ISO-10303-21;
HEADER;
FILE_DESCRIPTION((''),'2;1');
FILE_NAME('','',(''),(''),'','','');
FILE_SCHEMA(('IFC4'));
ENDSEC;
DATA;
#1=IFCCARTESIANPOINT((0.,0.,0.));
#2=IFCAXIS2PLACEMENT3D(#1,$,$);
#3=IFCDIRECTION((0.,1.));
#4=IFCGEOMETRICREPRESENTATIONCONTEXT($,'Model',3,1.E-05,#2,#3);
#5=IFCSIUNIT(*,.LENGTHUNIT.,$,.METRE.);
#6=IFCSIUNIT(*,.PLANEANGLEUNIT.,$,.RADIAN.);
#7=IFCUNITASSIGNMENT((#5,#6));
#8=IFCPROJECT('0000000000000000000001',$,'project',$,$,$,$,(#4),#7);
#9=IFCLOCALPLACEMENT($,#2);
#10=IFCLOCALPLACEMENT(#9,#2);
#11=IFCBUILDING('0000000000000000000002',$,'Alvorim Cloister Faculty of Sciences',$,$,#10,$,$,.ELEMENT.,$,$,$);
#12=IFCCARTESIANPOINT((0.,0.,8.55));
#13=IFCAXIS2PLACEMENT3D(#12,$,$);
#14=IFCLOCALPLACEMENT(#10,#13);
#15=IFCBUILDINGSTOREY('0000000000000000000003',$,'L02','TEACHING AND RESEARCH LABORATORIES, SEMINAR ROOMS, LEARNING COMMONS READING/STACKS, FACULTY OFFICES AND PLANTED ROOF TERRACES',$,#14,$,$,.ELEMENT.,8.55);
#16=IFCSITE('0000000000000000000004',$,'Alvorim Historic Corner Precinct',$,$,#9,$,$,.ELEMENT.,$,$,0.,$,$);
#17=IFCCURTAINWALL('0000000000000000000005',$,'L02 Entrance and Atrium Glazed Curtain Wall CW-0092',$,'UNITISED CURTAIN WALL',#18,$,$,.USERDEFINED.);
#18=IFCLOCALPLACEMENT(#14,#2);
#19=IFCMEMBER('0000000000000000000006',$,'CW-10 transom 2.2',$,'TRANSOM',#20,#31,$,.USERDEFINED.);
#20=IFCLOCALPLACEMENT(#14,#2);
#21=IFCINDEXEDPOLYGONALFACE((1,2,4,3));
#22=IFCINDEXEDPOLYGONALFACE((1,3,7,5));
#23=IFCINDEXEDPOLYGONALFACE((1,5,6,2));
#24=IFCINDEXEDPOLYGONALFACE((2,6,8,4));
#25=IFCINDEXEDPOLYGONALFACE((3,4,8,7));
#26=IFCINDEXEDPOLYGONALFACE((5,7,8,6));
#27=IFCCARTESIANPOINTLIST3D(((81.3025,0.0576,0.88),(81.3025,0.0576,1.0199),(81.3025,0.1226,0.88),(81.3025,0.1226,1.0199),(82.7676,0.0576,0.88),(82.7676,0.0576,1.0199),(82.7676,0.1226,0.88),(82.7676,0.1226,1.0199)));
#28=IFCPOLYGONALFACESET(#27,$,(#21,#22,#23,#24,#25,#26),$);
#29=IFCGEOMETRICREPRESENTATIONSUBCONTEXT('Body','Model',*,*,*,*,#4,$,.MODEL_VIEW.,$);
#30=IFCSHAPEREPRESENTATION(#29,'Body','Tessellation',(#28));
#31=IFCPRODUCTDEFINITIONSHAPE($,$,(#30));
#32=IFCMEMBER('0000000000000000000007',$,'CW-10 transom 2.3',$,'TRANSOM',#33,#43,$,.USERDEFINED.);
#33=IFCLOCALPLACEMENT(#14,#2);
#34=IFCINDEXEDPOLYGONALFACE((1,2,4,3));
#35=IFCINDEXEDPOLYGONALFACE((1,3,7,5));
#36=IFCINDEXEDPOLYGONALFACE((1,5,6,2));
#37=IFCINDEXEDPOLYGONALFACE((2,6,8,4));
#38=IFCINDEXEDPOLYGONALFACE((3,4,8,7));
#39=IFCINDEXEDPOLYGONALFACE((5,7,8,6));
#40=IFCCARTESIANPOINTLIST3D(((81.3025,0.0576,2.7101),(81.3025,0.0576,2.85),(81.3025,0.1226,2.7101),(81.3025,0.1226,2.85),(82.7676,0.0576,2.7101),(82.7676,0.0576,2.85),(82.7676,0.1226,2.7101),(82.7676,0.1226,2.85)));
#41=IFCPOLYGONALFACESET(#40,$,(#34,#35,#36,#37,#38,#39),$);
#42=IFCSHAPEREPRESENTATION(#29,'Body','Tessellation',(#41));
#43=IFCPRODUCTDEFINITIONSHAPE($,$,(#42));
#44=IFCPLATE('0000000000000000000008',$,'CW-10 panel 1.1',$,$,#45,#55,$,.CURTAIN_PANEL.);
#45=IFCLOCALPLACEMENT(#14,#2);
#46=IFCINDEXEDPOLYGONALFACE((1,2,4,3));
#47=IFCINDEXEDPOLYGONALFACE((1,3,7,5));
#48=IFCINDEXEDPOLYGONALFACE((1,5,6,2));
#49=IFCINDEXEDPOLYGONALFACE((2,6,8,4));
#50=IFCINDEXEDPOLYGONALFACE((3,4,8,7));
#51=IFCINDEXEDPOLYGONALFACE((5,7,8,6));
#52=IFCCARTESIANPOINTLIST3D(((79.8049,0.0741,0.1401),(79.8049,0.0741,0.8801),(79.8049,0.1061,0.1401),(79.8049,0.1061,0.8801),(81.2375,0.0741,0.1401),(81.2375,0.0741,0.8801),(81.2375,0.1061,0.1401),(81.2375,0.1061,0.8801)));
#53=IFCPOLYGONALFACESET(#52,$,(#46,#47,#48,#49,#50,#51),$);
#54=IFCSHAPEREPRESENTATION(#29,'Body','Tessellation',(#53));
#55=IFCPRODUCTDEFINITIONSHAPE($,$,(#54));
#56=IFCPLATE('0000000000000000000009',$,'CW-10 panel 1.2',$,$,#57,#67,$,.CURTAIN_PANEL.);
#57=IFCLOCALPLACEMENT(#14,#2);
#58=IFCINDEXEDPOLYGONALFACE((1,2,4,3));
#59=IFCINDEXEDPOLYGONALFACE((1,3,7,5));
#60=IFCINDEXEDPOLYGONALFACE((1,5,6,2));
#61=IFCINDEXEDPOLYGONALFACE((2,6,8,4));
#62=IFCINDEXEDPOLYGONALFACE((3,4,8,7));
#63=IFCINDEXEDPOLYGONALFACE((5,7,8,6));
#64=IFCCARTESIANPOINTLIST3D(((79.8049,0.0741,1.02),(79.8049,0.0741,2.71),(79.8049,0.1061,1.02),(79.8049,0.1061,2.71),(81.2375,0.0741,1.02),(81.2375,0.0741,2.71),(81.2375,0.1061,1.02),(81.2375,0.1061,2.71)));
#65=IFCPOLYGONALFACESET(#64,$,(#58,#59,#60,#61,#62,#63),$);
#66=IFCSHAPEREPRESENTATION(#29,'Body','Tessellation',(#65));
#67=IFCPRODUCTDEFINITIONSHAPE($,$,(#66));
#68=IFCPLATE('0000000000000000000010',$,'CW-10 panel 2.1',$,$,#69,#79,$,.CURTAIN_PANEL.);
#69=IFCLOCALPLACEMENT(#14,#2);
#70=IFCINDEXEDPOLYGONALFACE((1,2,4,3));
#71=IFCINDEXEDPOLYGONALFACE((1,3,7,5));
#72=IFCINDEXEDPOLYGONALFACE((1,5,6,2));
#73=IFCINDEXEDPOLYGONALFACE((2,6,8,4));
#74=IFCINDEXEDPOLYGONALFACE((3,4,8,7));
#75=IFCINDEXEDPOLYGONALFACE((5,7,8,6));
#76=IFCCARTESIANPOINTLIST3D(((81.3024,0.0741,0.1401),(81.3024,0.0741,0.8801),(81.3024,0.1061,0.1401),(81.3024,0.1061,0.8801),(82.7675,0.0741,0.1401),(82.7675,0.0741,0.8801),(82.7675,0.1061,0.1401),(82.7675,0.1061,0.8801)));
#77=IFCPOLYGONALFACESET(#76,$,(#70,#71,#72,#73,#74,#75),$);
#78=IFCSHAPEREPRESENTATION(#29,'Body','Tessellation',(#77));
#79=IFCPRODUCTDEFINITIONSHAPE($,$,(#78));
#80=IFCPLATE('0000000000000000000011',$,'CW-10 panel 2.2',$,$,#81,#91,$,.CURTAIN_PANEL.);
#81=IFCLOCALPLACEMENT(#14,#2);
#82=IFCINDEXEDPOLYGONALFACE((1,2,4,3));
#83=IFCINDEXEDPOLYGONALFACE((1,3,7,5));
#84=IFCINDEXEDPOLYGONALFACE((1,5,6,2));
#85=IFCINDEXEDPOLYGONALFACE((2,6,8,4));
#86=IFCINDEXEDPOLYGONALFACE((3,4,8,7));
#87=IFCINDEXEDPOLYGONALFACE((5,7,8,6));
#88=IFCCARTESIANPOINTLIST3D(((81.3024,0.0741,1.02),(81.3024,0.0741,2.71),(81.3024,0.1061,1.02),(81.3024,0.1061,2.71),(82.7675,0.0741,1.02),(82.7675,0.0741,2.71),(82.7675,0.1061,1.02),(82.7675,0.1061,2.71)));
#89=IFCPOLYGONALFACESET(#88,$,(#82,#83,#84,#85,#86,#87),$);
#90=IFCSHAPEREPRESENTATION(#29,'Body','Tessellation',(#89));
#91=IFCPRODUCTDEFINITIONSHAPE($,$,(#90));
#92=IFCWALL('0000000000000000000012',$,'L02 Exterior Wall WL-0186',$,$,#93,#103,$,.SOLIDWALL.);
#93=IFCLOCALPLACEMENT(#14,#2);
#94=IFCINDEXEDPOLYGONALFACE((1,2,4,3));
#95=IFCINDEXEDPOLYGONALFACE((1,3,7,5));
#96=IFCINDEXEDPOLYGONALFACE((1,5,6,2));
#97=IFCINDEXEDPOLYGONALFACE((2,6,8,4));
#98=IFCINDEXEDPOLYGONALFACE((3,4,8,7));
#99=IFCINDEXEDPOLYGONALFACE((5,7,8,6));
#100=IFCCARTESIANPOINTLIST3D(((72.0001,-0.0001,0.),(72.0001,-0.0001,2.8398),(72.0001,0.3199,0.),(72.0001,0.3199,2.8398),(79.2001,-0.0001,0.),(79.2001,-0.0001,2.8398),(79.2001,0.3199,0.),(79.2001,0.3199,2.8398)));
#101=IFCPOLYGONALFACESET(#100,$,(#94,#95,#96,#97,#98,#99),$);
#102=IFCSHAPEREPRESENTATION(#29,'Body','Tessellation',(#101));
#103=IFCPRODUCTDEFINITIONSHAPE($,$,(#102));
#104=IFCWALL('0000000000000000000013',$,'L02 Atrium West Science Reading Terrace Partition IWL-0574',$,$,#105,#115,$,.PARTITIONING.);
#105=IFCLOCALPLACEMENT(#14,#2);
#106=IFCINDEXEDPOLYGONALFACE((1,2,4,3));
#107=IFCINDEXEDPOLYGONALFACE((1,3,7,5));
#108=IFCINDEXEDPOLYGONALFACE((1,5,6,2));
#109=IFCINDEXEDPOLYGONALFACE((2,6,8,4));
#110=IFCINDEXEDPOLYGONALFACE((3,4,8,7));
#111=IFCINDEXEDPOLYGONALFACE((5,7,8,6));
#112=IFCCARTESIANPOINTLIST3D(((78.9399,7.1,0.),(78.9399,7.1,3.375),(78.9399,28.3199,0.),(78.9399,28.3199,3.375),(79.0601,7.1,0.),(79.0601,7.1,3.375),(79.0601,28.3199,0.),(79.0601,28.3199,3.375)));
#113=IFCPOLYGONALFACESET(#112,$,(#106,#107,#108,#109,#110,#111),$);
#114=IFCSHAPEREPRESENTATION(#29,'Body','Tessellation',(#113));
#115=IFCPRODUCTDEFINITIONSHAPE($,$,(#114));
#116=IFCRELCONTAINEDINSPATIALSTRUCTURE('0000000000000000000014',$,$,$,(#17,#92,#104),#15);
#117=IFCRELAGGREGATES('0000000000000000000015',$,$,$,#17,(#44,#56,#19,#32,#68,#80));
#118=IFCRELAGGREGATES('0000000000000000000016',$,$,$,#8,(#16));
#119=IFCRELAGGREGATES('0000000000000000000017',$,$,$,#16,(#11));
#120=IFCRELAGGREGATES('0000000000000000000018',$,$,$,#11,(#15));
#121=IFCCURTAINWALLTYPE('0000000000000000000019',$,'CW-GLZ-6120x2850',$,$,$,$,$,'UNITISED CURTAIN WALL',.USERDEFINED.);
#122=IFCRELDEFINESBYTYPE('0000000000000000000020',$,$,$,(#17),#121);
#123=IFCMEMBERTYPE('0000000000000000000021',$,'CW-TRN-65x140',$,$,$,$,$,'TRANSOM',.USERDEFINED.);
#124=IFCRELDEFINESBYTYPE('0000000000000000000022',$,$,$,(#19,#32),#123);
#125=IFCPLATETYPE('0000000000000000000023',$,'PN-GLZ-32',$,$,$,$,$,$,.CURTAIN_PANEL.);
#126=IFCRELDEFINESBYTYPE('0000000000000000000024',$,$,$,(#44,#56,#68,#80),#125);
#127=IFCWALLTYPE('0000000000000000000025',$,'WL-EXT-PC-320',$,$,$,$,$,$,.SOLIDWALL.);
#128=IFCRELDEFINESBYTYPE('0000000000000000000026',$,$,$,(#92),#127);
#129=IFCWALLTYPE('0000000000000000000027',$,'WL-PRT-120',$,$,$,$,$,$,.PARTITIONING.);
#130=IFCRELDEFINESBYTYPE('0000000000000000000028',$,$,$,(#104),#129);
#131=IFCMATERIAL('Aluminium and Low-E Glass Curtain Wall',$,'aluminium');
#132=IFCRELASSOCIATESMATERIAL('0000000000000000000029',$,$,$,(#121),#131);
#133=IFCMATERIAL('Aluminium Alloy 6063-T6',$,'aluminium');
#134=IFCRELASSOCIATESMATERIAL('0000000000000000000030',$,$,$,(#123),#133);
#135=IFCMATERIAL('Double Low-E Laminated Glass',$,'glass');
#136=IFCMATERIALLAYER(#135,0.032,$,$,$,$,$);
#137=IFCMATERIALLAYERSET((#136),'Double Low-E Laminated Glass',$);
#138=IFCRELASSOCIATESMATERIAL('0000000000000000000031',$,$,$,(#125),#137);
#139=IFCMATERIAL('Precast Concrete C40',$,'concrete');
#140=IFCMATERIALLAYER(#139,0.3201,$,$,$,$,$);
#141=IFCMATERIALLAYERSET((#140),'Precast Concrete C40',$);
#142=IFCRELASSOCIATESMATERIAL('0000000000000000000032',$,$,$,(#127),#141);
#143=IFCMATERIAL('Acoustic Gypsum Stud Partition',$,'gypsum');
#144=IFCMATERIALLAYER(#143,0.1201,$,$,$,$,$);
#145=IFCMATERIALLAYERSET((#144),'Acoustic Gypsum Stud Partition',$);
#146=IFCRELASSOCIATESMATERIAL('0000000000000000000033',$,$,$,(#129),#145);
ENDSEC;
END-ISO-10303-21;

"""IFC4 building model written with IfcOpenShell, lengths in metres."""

from ifc_helpers import new_model, si_unit, direction, frame, frame_2d, origin, origin_2d, place, context, subcontext, project, spatial, rectangle, extrude, material, layer, layer_set, material_profile, profile_set, type_object, element, aggregate, save


model = new_model("IFC4")

# Units and contexts
model_context = context("Model", 3, precision=1e-05, world=origin(), true_north=direction((0.0, 1.0)))
body_context = subcontext(model_context, "Body", "Model", "MODEL_VIEW")
ifc_project = project(units=[si_unit("LENGTHUNIT", "METRE"), si_unit("PLANEANGLEUNIT", "RADIAN")], contexts=[model_context])

# Site, building, storey
site_placement = place(None, origin())
site = spatial("IfcSite", under=ifc_project, at=site_placement, Name="Alvorim Historic Corner Precinct", CompositionType="ELEMENT", RefElevation=0.0)
building_placement = place(site_placement, origin())
building = spatial("IfcBuilding", under=site, at=building_placement, Name="Alvorim Cloister Faculty of Sciences", CompositionType="ELEMENT")
storey_placement = place(building_placement, frame((0.0, 0.0, 8.55)))
storey = spatial("IfcBuildingStorey", under=building, at=storey_placement, Name="L02", Description="TEACHING AND RESEARCH LABORATORIES, SEMINAR ROOMS, LEARNING COMMONS READING/STACKS, FACULTY OFFICES AND PLANTED ROOF TERRACES", CompositionType="ELEMENT", Elevation=8.55)

# Curtain wall, members, plates
ifc_material_1 = material(Name="Aluminium and Low-E Glass Curtain Wall", Category="aluminium")
curtain_wall_type = type_object("IfcCurtainWallType", Name="CW-GLZ-6120x2850", ElementType="UNITISED CURTAIN WALL", PredefinedType="USERDEFINED", material=ifc_material_1)
curtain_wall_placement = place(storey_placement, origin())
curtain_wall = element("IfcCurtainWall", 1, at=curtain_wall_placement, inside=storey, type_object=curtain_wall_type, Name="L02 Entrance and Atrium Glazed Curtain Wall CW-0092", ObjectType="UNITISED CURTAIN WALL", PredefinedType="USERDEFINED")
ifc_material_2 = material(Name="Aluminium Alloy 6063-T6", Category="aluminium")
ifc_material_profile_1 = material_profile(ifc_material_2, rectangle(XDim=0.0649, YDim=0.1399, at=origin_2d()), Name="ALU-TRN-65x140")
ifc_profile_set_1 = profile_set([ifc_material_profile_1], Name="Aluminium Alloy 6063-T6")
member_type_1 = type_object("IfcMemberType", Name="CW-TRN-65x140", ElementType="TRANSOM", PredefinedType="USERDEFINED", material=ifc_profile_set_1)
member_1_placement = place(storey_placement, frame((81.3025, 0.0901, 0.95), z_axis=(1.0, 0.0, 0.0), x_axis=(0.0, 1.0, 0.0)))
member_1 = element("IfcMember", 2, at=member_1_placement, type_object=member_type_1, Name="CW-10 transom 2.2", ObjectType="TRANSOM", PredefinedType="USERDEFINED", context=body_context, shape_type="SweptSolid", body=[
    extrude(rectangle(XDim=0.0649, YDim=0.1399, at=origin_2d()), origin(), (0.0, 0.0, 1.0), 1.4651),
])
member_2_placement = place(storey_placement, frame((81.3025, 0.0901, 2.78), z_axis=(1.0, 0.0, 0.0), x_axis=(0.0, 1.0, 0.0)))
member_2 = element("IfcMember", 3, at=member_2_placement, type_object=member_type_1, Name="CW-10 transom 2.3", ObjectType="TRANSOM", PredefinedType="USERDEFINED", context=body_context, shape_type="SweptSolid", body=[
    extrude(rectangle(XDim=0.0649, YDim=0.1399, at=origin_2d()), origin(), (0.0, 0.0, 1.0), 1.4651),
])
ifc_material_3 = material(Name="Double Low-E Laminated Glass", Category="glass")
ifc_layer_1 = layer(ifc_material_3, 0.032)
ifc_layer_set_1 = layer_set([ifc_layer_1], Name="Double Low-E Laminated Glass")
plate_type = type_object("IfcPlateType", Name="PN-GLZ-32", PredefinedType="CURTAIN_PANEL", material=ifc_layer_set_1)
plate_1_placement = place(storey_placement, frame((80.5212, 0.0901, 0.1401), z_axis=(0.0, 0.0, 1.0), x_axis=(1.0, 0.0, 0.0)))
plate_1 = element("IfcPlate", 4, at=plate_1_placement, type_object=plate_type, Name="CW-10 panel 1.1", PredefinedType="CURTAIN_PANEL", context=body_context, shape_type="SweptSolid", body=[
    extrude(rectangle(XDim=1.4326, YDim=0.032, at=origin_2d()), origin(), (0.0, 0.0, 1.0), 0.74),
])
plate_2_placement = place(storey_placement, frame((80.5212, 0.0901, 1.02), z_axis=(0.0, 0.0, 1.0), x_axis=(1.0, 0.0, 0.0)))
plate_2 = element("IfcPlate", 5, at=plate_2_placement, type_object=plate_type, Name="CW-10 panel 1.2", PredefinedType="CURTAIN_PANEL", context=body_context, shape_type="SweptSolid", body=[
    extrude(rectangle(XDim=1.4326, YDim=0.032, at=origin_2d()), origin(), (0.0, 0.0, 1.0), 1.6899),
])
plate_3_placement = place(storey_placement, frame((82.0349, 0.0901, 0.1401), z_axis=(0.0, 0.0, 1.0), x_axis=(1.0, 0.0, 0.0)))
plate_3 = element("IfcPlate", 6, at=plate_3_placement, type_object=plate_type, Name="CW-10 panel 2.1", PredefinedType="CURTAIN_PANEL", context=body_context, shape_type="SweptSolid", body=[
    extrude(rectangle(XDim=1.4651, YDim=0.032, at=origin_2d()), origin(), (0.0, 0.0, 1.0), 0.74),
])
plate_4_placement = place(storey_placement, frame((82.0349, 0.0901, 1.02), z_axis=(0.0, 0.0, 1.0), x_axis=(1.0, 0.0, 0.0)))
plate_4 = element("IfcPlate", 7, at=plate_4_placement, type_object=plate_type, Name="CW-10 panel 2.2", PredefinedType="CURTAIN_PANEL", context=body_context, shape_type="SweptSolid", body=[
    extrude(rectangle(XDim=1.4651, YDim=0.032, at=origin_2d()), origin(), (0.0, 0.0, 1.0), 1.6899),
])
aggregate(curtain_wall, [plate_1, plate_2, member_1, member_2, plate_3, plate_4])

# Walls
ifc_material_4 = material(Name="Precast Concrete C40", Category="concrete")
ifc_layer_2 = layer(ifc_material_4, 0.3201)
ifc_layer_set_2 = layer_set([ifc_layer_2], Name="Precast Concrete C40")
wall_type_1 = type_object("IfcWallType", Name="WL-EXT-PC-320", PredefinedType="SOLIDWALL", material=ifc_layer_set_2)
wall_1_placement = place(storey_placement, frame((72.0, 0.1599, 0.0), z_axis=(0.0, 0.0, 1.0), x_axis=(1.0, 0.0, 0.0)))
element("IfcWall", 8, at=wall_1_placement, inside=storey, type_object=wall_type_1, Name="L02 Exterior Wall WL-0186", PredefinedType="SOLIDWALL", context=body_context, shape_type="SweptSolid", body=[
    extrude(rectangle(XDim=7.2, YDim=0.3201, at=frame_2d((3.6001, 0.0))), origin(), (0.0, 0.0, 1.0), 2.8398),
])
ifc_material_5 = material(Name="Acoustic Gypsum Stud Partition", Category="gypsum")
ifc_layer_3 = layer(ifc_material_5, 0.1201)
ifc_layer_set_3 = layer_set([ifc_layer_3], Name="Acoustic Gypsum Stud Partition")
wall_type_2 = type_object("IfcWallType", Name="WL-PRT-120", PredefinedType="PARTITIONING", material=ifc_layer_set_3)
wall_2_placement = place(storey_placement, frame((79.0, 7.1001, 0.0), z_axis=(0.0, 0.0, 1.0), x_axis=(0.0, 1.0, 0.0)))
element("IfcWall", 9, at=wall_2_placement, inside=storey, type_object=wall_type_2, Name="L02 Atrium West Science Reading Terrace Partition IWL-0574", PredefinedType="PARTITIONING", context=body_context, shape_type="SweptSolid", body=[
    extrude(rectangle(XDim=21.22, YDim=0.1201, at=frame_2d((10.6099, 0.0))), origin(), (0.0, 0.0, 1.0), 3.375),
])

save(model, "model.ifc")
